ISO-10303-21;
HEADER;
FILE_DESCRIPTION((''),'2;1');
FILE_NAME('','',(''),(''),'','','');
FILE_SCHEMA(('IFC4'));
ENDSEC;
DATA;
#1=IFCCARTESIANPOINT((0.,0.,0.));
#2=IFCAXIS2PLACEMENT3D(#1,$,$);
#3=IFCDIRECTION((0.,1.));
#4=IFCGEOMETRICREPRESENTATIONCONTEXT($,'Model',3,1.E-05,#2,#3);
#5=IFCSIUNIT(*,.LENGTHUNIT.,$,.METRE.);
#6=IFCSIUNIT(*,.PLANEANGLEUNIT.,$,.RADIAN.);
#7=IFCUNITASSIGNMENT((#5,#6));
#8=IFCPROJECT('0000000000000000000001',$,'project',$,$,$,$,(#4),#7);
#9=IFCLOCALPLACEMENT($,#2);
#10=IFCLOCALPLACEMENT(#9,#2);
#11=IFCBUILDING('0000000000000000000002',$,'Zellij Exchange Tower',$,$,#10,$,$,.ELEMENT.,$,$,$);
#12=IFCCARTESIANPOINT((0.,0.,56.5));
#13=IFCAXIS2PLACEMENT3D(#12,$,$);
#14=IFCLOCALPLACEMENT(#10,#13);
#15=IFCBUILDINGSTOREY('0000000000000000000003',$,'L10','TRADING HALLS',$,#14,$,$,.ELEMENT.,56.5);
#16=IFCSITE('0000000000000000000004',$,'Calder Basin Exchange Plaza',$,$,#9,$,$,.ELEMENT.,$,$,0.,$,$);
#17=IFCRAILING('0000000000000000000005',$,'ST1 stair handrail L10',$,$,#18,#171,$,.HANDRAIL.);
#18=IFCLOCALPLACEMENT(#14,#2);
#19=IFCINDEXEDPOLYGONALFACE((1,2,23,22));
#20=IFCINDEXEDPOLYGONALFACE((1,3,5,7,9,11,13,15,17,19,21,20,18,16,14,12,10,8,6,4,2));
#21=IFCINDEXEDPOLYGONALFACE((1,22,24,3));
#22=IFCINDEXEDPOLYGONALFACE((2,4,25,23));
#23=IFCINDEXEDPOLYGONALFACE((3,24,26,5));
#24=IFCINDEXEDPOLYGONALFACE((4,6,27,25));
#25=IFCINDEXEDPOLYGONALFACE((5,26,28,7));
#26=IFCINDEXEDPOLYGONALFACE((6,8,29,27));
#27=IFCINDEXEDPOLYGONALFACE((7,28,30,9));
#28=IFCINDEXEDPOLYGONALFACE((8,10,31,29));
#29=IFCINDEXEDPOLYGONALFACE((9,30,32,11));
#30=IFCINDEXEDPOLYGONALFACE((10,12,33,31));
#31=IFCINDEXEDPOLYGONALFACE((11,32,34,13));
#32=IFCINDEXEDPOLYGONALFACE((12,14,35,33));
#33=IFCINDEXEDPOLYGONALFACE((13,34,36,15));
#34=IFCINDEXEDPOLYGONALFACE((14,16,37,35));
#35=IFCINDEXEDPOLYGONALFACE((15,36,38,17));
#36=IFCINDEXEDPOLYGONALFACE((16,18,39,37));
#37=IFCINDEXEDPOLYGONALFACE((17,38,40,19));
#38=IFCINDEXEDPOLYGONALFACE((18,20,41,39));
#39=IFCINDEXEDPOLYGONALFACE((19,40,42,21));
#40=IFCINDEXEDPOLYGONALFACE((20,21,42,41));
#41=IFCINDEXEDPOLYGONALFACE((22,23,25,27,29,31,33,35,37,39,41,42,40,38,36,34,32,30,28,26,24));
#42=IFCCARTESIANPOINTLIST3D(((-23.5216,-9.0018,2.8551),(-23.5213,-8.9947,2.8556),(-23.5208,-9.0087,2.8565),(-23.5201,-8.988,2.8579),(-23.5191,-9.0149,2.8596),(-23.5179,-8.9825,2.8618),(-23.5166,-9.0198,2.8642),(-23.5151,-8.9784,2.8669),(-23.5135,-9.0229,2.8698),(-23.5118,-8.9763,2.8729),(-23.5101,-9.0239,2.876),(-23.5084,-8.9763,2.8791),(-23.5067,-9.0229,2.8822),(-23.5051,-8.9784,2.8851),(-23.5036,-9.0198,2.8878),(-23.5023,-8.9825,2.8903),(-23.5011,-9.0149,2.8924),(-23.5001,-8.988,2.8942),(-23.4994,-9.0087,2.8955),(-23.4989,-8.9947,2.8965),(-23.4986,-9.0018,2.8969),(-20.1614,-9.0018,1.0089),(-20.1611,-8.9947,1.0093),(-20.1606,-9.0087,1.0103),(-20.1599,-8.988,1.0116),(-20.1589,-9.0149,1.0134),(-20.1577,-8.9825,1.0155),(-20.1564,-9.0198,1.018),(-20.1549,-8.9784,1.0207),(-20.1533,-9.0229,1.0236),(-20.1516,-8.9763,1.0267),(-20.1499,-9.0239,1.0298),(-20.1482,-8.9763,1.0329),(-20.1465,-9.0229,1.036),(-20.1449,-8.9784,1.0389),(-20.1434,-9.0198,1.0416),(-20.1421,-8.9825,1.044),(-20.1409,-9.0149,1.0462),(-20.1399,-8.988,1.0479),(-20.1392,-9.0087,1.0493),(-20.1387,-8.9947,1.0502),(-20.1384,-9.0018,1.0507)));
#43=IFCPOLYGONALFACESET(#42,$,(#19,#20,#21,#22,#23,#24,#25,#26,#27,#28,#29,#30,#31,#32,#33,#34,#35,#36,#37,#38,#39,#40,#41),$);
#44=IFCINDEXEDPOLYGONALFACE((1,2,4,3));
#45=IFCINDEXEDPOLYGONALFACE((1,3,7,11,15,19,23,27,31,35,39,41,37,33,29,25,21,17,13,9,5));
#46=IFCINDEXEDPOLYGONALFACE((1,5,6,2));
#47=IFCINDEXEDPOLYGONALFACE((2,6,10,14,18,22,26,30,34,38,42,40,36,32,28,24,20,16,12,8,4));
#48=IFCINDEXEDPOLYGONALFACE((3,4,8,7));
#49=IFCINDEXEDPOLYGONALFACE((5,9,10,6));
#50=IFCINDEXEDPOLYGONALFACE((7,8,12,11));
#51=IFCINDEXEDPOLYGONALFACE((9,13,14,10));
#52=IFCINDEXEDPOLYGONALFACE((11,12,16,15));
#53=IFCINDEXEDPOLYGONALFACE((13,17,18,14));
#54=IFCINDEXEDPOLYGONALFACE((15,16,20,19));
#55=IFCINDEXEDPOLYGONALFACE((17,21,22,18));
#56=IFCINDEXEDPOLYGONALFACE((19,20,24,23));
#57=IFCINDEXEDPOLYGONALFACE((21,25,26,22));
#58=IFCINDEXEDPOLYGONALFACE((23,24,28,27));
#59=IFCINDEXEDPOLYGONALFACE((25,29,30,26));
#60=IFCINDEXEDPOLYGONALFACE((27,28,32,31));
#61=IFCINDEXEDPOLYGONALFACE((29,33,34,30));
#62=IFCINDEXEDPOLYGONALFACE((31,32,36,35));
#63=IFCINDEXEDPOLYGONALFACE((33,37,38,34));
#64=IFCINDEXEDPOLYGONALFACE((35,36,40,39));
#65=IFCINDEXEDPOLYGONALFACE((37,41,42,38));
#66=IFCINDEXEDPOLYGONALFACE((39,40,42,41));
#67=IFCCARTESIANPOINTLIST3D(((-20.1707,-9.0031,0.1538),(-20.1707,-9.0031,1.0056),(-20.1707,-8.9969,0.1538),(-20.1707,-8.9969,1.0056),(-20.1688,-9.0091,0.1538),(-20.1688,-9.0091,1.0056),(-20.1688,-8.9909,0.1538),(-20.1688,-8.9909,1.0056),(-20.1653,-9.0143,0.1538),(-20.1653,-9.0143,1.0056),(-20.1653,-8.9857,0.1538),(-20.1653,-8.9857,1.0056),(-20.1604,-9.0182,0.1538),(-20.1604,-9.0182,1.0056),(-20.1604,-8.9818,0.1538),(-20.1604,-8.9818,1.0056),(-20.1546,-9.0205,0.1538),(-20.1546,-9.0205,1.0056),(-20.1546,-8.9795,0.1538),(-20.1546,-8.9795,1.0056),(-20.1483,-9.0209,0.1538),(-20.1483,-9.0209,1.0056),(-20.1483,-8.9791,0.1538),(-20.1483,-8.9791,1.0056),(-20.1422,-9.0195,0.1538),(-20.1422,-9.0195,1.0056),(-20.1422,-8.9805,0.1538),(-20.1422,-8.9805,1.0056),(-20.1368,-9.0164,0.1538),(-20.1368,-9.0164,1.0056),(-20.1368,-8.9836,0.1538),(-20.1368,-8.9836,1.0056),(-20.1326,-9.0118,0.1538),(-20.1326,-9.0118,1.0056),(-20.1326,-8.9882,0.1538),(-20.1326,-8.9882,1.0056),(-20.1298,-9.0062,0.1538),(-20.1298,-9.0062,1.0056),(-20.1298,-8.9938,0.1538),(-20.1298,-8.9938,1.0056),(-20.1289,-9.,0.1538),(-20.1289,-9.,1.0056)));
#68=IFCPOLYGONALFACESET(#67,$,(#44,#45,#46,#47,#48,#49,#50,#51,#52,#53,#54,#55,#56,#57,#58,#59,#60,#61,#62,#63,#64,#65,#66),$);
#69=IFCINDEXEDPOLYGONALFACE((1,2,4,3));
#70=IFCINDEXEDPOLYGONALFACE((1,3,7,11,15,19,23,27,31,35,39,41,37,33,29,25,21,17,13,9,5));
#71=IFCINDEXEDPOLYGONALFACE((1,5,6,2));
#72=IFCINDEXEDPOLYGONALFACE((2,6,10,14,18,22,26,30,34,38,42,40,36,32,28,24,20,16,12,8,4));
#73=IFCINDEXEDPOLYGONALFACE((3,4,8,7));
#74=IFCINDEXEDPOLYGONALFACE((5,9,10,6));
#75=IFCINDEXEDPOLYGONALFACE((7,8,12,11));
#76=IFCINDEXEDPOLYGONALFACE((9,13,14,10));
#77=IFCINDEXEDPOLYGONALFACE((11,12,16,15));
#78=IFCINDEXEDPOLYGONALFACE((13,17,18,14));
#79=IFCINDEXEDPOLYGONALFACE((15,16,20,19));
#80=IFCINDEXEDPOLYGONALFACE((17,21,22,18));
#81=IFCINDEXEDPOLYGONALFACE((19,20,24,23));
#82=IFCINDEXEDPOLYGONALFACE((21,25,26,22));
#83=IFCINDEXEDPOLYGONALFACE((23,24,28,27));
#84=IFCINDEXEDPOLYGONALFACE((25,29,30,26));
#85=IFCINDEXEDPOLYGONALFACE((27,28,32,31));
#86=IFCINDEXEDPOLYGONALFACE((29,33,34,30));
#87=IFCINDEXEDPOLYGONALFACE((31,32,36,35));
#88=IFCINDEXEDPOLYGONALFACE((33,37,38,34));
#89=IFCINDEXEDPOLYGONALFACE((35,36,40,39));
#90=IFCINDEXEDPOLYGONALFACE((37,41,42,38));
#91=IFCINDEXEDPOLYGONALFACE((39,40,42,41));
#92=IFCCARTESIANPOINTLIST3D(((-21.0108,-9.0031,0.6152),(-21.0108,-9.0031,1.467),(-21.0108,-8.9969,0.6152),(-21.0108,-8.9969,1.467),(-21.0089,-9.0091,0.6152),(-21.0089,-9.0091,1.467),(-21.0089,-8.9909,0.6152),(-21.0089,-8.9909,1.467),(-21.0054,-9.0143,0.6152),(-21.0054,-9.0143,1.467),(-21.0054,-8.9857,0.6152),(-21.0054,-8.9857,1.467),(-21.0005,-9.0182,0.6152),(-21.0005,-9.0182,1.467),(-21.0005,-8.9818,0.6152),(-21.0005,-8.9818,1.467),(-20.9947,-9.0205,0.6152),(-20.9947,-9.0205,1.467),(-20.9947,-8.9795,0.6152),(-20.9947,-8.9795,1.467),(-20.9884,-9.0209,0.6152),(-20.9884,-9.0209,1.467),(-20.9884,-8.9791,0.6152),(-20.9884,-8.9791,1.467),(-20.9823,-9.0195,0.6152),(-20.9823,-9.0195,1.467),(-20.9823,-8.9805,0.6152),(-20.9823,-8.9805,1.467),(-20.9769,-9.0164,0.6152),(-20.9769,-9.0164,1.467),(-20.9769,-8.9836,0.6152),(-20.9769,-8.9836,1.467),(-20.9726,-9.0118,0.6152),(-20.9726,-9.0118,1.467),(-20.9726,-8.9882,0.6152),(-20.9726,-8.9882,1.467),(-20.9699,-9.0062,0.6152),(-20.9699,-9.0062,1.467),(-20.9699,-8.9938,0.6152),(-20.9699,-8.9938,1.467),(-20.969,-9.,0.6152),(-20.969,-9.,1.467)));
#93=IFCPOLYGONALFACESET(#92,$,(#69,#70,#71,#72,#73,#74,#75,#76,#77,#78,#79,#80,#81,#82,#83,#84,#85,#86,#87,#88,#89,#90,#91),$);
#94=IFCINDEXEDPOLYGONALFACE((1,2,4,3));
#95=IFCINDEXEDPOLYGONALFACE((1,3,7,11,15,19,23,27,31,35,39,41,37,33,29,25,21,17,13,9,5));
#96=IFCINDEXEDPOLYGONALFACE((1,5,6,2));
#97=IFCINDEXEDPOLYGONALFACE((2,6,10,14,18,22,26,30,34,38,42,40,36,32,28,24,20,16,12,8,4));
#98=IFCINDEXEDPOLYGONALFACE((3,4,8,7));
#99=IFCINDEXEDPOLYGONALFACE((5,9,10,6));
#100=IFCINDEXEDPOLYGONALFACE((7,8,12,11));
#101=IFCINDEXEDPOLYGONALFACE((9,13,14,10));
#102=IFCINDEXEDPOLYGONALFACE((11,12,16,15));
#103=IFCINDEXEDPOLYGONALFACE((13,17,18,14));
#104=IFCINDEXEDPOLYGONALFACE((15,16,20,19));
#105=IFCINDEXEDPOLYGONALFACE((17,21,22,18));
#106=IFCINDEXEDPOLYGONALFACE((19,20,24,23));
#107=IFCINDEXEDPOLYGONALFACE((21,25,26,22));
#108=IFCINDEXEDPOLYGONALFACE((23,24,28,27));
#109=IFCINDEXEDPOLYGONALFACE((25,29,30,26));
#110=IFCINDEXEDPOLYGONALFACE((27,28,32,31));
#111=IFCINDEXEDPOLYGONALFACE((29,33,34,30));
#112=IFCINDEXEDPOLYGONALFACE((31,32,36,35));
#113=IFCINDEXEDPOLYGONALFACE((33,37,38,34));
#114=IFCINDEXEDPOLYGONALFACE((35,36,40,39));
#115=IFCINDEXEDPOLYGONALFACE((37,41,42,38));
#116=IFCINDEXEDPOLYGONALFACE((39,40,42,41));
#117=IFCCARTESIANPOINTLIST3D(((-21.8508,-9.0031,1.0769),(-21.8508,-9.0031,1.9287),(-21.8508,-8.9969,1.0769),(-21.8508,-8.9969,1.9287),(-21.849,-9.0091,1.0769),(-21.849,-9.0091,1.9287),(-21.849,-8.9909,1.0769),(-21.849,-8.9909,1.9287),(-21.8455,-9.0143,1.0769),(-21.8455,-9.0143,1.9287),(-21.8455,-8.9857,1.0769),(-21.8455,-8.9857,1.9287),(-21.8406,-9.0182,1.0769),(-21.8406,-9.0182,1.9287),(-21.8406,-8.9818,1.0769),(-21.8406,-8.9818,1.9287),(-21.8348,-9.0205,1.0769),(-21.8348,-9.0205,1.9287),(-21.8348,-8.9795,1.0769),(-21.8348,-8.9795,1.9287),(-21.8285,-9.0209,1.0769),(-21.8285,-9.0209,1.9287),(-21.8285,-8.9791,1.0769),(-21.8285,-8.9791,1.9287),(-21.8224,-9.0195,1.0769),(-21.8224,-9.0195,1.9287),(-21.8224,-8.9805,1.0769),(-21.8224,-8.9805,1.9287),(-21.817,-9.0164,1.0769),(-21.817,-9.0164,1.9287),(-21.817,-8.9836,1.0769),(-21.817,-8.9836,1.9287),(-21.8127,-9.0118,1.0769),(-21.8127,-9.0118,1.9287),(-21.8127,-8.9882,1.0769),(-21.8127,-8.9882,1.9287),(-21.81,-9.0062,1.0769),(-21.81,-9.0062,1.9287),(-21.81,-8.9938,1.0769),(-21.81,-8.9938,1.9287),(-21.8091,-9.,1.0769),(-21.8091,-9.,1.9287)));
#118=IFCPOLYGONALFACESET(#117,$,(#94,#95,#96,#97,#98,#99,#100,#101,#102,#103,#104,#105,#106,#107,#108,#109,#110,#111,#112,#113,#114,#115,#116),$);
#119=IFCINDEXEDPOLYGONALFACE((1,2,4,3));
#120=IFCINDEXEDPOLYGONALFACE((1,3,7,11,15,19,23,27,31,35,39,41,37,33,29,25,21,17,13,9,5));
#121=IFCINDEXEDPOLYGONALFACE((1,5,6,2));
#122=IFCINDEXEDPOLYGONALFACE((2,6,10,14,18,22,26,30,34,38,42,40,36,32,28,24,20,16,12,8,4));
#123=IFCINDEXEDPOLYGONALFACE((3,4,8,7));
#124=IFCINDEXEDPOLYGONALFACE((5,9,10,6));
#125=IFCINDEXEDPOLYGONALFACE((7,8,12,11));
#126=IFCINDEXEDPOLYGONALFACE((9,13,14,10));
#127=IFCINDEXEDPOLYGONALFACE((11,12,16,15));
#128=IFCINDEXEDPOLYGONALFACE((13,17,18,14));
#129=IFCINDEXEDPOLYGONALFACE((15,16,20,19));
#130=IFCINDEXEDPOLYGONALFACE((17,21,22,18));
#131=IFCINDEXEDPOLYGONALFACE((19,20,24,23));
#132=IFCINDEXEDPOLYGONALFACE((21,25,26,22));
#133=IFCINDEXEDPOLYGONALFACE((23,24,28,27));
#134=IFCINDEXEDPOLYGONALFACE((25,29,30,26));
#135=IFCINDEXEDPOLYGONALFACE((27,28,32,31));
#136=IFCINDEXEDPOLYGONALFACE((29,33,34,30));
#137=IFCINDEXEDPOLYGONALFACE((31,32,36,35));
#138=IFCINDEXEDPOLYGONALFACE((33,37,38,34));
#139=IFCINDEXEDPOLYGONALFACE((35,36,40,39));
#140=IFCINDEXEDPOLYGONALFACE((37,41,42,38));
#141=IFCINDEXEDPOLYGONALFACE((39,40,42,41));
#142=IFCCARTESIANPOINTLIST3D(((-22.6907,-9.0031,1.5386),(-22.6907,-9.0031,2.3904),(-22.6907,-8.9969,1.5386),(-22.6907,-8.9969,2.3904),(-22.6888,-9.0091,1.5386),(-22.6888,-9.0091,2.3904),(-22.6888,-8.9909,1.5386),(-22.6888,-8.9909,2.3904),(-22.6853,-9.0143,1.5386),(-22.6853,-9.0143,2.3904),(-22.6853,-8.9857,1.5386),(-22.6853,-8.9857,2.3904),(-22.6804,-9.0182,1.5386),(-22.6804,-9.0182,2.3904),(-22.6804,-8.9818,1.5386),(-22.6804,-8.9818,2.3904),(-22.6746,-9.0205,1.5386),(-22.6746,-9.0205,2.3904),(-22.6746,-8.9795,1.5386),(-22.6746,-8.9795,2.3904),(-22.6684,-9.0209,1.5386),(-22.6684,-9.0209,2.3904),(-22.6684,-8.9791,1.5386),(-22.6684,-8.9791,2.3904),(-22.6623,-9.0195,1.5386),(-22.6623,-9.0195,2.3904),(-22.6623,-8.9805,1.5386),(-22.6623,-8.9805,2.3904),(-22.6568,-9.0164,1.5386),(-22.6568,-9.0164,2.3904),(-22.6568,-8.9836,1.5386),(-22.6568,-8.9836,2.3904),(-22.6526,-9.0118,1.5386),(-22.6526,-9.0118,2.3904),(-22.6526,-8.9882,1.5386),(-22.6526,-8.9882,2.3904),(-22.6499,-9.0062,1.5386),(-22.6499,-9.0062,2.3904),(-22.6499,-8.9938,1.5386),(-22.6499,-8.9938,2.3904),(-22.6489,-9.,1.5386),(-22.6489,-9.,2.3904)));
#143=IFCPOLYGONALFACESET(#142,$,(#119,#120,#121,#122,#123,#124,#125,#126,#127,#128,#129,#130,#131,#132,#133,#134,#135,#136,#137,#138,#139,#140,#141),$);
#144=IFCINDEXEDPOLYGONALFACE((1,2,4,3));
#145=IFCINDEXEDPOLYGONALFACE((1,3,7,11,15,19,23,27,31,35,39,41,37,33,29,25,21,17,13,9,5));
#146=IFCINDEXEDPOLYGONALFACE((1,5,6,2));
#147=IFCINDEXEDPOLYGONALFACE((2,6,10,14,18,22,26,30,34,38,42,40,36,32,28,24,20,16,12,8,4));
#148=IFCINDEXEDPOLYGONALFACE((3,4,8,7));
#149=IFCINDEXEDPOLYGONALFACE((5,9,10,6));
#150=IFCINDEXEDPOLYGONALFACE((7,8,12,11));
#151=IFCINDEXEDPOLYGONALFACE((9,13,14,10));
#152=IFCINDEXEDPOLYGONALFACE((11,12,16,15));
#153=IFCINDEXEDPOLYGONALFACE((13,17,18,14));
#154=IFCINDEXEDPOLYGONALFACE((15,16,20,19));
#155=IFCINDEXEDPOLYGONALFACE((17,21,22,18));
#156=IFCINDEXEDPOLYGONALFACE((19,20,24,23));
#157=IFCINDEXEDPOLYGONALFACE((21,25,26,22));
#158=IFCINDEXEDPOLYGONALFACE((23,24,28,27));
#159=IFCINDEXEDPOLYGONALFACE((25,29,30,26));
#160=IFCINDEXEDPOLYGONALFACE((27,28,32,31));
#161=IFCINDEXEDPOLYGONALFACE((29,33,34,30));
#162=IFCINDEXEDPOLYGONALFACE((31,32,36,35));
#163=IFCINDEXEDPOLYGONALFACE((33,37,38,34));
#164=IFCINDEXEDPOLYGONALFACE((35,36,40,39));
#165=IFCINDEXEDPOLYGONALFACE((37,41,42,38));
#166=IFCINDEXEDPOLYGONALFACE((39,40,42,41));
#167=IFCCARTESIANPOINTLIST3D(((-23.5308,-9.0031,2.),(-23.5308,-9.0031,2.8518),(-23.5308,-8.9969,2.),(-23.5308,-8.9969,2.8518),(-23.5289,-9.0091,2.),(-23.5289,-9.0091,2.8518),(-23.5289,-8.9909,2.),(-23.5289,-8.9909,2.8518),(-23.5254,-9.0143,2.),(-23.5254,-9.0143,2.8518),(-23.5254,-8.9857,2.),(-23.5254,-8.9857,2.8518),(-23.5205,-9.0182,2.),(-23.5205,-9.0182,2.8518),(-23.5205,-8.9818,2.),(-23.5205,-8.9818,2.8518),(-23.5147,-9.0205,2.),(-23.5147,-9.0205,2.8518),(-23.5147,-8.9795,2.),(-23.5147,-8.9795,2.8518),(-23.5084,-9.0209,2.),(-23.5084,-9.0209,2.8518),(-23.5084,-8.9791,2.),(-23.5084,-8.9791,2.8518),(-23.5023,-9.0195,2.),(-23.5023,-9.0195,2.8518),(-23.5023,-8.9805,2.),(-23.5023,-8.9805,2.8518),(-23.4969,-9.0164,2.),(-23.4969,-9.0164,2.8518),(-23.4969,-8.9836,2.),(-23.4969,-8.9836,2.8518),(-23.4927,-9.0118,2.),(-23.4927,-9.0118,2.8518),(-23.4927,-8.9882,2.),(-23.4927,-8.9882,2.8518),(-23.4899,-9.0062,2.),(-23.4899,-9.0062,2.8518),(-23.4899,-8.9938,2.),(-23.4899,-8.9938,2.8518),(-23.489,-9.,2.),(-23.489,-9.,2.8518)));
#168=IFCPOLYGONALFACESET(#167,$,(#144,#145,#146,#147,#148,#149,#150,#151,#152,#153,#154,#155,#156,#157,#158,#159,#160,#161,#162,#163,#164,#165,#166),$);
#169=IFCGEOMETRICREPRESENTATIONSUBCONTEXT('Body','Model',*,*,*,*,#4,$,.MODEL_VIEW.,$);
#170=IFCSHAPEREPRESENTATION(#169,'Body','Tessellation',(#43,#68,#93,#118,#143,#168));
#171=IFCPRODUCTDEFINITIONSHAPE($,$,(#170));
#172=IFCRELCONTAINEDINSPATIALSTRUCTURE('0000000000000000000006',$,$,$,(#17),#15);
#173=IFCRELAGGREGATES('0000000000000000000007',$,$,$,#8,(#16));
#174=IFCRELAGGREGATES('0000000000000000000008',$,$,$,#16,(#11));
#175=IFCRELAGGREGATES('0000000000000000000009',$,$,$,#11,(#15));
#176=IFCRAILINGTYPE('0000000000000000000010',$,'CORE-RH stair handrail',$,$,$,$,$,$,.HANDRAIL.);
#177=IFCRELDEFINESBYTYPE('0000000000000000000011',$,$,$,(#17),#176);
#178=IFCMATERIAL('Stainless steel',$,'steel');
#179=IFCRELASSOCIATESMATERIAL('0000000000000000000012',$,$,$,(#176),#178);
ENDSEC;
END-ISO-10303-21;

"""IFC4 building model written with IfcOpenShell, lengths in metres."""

from ifc_helpers import new_model, si_unit, direction, frame, origin, origin_2d, place, context, subcontext, project, spatial, circle, extrude, material, type_object, element, save


model = new_model("IFC4")

# Units and contexts
model_context = context("Model", 3, precision=1e-05, world=origin(), true_north=direction((0.0, 1.0)))
body_context = subcontext(model_context, "Body", "Model", "MODEL_VIEW")
ifc_project = project(units=[si_unit("LENGTHUNIT", "METRE"), si_unit("PLANEANGLEUNIT", "RADIAN")], contexts=[model_context])

# Site, building, storey
site_placement = place(None, origin())
site = spatial("IfcSite", under=ifc_project, at=site_placement, Name="Calder Basin Exchange Plaza", CompositionType="ELEMENT", RefElevation=0.0)
building_placement = place(site_placement, origin())
building = spatial("IfcBuilding", under=site, at=building_placement, Name="Zellij Exchange Tower", CompositionType="ELEMENT")
storey_placement = place(building_placement, frame((0.0, 0.0, 56.5)))
storey = spatial("IfcBuildingStorey", under=building, at=storey_placement, Name="L10", Description="TRADING HALLS", CompositionType="ELEMENT", Elevation=56.5)

# Railing
ifc_material_1 = material(Name="Stainless steel", Category="steel")
railing_type = type_object("IfcRailingType", Name="CORE-RH stair handrail", PredefinedType="HANDRAIL", material=ifc_material_1)
railing_1_placement = place(storey_placement, frame((-20.1499, -9.0, 0.1538)))
element("IfcRailing", 1, at=railing_1_placement, inside=storey, type_object=railing_type, Name="ST1 stair handrail L10", PredefinedType="HANDRAIL", context=body_context, shape_type="SweptSolid", body=[
    extrude(circle(Radius=0.0239, at=origin_2d()), frame((0.0, 0.0, 0.876), z_axis=(-0.876422, 0.0, 0.481545), x_axis=(0.0, -1.0, 0.0)), (0.0, 0.0, 1.0), 3.834),
    extrude(circle(Radius=0.021, at=origin_2d()), origin(), (0.0, 0.0, 1.0), 0.8518),
    extrude(circle(Radius=0.021, at=origin_2d()), frame((-0.8401, 0.0, 0.4614)), (0.0, 0.0, 1.0), 0.8518),
    extrude(circle(Radius=0.021, at=origin_2d()), frame((-1.6802, 0.0, 0.9231)), (0.0, 0.0, 1.0), 0.8518),
    extrude(circle(Radius=0.021, at=origin_2d()), frame((-2.52, 0.0, 1.3848)), (0.0, 0.0, 1.0), 0.8518),
    extrude(circle(Radius=0.021, at=origin_2d()), frame((-3.3601, 0.0, 1.8462)), (0.0, 0.0, 1.0), 0.8518),
])

save(model, "model.ifc")
